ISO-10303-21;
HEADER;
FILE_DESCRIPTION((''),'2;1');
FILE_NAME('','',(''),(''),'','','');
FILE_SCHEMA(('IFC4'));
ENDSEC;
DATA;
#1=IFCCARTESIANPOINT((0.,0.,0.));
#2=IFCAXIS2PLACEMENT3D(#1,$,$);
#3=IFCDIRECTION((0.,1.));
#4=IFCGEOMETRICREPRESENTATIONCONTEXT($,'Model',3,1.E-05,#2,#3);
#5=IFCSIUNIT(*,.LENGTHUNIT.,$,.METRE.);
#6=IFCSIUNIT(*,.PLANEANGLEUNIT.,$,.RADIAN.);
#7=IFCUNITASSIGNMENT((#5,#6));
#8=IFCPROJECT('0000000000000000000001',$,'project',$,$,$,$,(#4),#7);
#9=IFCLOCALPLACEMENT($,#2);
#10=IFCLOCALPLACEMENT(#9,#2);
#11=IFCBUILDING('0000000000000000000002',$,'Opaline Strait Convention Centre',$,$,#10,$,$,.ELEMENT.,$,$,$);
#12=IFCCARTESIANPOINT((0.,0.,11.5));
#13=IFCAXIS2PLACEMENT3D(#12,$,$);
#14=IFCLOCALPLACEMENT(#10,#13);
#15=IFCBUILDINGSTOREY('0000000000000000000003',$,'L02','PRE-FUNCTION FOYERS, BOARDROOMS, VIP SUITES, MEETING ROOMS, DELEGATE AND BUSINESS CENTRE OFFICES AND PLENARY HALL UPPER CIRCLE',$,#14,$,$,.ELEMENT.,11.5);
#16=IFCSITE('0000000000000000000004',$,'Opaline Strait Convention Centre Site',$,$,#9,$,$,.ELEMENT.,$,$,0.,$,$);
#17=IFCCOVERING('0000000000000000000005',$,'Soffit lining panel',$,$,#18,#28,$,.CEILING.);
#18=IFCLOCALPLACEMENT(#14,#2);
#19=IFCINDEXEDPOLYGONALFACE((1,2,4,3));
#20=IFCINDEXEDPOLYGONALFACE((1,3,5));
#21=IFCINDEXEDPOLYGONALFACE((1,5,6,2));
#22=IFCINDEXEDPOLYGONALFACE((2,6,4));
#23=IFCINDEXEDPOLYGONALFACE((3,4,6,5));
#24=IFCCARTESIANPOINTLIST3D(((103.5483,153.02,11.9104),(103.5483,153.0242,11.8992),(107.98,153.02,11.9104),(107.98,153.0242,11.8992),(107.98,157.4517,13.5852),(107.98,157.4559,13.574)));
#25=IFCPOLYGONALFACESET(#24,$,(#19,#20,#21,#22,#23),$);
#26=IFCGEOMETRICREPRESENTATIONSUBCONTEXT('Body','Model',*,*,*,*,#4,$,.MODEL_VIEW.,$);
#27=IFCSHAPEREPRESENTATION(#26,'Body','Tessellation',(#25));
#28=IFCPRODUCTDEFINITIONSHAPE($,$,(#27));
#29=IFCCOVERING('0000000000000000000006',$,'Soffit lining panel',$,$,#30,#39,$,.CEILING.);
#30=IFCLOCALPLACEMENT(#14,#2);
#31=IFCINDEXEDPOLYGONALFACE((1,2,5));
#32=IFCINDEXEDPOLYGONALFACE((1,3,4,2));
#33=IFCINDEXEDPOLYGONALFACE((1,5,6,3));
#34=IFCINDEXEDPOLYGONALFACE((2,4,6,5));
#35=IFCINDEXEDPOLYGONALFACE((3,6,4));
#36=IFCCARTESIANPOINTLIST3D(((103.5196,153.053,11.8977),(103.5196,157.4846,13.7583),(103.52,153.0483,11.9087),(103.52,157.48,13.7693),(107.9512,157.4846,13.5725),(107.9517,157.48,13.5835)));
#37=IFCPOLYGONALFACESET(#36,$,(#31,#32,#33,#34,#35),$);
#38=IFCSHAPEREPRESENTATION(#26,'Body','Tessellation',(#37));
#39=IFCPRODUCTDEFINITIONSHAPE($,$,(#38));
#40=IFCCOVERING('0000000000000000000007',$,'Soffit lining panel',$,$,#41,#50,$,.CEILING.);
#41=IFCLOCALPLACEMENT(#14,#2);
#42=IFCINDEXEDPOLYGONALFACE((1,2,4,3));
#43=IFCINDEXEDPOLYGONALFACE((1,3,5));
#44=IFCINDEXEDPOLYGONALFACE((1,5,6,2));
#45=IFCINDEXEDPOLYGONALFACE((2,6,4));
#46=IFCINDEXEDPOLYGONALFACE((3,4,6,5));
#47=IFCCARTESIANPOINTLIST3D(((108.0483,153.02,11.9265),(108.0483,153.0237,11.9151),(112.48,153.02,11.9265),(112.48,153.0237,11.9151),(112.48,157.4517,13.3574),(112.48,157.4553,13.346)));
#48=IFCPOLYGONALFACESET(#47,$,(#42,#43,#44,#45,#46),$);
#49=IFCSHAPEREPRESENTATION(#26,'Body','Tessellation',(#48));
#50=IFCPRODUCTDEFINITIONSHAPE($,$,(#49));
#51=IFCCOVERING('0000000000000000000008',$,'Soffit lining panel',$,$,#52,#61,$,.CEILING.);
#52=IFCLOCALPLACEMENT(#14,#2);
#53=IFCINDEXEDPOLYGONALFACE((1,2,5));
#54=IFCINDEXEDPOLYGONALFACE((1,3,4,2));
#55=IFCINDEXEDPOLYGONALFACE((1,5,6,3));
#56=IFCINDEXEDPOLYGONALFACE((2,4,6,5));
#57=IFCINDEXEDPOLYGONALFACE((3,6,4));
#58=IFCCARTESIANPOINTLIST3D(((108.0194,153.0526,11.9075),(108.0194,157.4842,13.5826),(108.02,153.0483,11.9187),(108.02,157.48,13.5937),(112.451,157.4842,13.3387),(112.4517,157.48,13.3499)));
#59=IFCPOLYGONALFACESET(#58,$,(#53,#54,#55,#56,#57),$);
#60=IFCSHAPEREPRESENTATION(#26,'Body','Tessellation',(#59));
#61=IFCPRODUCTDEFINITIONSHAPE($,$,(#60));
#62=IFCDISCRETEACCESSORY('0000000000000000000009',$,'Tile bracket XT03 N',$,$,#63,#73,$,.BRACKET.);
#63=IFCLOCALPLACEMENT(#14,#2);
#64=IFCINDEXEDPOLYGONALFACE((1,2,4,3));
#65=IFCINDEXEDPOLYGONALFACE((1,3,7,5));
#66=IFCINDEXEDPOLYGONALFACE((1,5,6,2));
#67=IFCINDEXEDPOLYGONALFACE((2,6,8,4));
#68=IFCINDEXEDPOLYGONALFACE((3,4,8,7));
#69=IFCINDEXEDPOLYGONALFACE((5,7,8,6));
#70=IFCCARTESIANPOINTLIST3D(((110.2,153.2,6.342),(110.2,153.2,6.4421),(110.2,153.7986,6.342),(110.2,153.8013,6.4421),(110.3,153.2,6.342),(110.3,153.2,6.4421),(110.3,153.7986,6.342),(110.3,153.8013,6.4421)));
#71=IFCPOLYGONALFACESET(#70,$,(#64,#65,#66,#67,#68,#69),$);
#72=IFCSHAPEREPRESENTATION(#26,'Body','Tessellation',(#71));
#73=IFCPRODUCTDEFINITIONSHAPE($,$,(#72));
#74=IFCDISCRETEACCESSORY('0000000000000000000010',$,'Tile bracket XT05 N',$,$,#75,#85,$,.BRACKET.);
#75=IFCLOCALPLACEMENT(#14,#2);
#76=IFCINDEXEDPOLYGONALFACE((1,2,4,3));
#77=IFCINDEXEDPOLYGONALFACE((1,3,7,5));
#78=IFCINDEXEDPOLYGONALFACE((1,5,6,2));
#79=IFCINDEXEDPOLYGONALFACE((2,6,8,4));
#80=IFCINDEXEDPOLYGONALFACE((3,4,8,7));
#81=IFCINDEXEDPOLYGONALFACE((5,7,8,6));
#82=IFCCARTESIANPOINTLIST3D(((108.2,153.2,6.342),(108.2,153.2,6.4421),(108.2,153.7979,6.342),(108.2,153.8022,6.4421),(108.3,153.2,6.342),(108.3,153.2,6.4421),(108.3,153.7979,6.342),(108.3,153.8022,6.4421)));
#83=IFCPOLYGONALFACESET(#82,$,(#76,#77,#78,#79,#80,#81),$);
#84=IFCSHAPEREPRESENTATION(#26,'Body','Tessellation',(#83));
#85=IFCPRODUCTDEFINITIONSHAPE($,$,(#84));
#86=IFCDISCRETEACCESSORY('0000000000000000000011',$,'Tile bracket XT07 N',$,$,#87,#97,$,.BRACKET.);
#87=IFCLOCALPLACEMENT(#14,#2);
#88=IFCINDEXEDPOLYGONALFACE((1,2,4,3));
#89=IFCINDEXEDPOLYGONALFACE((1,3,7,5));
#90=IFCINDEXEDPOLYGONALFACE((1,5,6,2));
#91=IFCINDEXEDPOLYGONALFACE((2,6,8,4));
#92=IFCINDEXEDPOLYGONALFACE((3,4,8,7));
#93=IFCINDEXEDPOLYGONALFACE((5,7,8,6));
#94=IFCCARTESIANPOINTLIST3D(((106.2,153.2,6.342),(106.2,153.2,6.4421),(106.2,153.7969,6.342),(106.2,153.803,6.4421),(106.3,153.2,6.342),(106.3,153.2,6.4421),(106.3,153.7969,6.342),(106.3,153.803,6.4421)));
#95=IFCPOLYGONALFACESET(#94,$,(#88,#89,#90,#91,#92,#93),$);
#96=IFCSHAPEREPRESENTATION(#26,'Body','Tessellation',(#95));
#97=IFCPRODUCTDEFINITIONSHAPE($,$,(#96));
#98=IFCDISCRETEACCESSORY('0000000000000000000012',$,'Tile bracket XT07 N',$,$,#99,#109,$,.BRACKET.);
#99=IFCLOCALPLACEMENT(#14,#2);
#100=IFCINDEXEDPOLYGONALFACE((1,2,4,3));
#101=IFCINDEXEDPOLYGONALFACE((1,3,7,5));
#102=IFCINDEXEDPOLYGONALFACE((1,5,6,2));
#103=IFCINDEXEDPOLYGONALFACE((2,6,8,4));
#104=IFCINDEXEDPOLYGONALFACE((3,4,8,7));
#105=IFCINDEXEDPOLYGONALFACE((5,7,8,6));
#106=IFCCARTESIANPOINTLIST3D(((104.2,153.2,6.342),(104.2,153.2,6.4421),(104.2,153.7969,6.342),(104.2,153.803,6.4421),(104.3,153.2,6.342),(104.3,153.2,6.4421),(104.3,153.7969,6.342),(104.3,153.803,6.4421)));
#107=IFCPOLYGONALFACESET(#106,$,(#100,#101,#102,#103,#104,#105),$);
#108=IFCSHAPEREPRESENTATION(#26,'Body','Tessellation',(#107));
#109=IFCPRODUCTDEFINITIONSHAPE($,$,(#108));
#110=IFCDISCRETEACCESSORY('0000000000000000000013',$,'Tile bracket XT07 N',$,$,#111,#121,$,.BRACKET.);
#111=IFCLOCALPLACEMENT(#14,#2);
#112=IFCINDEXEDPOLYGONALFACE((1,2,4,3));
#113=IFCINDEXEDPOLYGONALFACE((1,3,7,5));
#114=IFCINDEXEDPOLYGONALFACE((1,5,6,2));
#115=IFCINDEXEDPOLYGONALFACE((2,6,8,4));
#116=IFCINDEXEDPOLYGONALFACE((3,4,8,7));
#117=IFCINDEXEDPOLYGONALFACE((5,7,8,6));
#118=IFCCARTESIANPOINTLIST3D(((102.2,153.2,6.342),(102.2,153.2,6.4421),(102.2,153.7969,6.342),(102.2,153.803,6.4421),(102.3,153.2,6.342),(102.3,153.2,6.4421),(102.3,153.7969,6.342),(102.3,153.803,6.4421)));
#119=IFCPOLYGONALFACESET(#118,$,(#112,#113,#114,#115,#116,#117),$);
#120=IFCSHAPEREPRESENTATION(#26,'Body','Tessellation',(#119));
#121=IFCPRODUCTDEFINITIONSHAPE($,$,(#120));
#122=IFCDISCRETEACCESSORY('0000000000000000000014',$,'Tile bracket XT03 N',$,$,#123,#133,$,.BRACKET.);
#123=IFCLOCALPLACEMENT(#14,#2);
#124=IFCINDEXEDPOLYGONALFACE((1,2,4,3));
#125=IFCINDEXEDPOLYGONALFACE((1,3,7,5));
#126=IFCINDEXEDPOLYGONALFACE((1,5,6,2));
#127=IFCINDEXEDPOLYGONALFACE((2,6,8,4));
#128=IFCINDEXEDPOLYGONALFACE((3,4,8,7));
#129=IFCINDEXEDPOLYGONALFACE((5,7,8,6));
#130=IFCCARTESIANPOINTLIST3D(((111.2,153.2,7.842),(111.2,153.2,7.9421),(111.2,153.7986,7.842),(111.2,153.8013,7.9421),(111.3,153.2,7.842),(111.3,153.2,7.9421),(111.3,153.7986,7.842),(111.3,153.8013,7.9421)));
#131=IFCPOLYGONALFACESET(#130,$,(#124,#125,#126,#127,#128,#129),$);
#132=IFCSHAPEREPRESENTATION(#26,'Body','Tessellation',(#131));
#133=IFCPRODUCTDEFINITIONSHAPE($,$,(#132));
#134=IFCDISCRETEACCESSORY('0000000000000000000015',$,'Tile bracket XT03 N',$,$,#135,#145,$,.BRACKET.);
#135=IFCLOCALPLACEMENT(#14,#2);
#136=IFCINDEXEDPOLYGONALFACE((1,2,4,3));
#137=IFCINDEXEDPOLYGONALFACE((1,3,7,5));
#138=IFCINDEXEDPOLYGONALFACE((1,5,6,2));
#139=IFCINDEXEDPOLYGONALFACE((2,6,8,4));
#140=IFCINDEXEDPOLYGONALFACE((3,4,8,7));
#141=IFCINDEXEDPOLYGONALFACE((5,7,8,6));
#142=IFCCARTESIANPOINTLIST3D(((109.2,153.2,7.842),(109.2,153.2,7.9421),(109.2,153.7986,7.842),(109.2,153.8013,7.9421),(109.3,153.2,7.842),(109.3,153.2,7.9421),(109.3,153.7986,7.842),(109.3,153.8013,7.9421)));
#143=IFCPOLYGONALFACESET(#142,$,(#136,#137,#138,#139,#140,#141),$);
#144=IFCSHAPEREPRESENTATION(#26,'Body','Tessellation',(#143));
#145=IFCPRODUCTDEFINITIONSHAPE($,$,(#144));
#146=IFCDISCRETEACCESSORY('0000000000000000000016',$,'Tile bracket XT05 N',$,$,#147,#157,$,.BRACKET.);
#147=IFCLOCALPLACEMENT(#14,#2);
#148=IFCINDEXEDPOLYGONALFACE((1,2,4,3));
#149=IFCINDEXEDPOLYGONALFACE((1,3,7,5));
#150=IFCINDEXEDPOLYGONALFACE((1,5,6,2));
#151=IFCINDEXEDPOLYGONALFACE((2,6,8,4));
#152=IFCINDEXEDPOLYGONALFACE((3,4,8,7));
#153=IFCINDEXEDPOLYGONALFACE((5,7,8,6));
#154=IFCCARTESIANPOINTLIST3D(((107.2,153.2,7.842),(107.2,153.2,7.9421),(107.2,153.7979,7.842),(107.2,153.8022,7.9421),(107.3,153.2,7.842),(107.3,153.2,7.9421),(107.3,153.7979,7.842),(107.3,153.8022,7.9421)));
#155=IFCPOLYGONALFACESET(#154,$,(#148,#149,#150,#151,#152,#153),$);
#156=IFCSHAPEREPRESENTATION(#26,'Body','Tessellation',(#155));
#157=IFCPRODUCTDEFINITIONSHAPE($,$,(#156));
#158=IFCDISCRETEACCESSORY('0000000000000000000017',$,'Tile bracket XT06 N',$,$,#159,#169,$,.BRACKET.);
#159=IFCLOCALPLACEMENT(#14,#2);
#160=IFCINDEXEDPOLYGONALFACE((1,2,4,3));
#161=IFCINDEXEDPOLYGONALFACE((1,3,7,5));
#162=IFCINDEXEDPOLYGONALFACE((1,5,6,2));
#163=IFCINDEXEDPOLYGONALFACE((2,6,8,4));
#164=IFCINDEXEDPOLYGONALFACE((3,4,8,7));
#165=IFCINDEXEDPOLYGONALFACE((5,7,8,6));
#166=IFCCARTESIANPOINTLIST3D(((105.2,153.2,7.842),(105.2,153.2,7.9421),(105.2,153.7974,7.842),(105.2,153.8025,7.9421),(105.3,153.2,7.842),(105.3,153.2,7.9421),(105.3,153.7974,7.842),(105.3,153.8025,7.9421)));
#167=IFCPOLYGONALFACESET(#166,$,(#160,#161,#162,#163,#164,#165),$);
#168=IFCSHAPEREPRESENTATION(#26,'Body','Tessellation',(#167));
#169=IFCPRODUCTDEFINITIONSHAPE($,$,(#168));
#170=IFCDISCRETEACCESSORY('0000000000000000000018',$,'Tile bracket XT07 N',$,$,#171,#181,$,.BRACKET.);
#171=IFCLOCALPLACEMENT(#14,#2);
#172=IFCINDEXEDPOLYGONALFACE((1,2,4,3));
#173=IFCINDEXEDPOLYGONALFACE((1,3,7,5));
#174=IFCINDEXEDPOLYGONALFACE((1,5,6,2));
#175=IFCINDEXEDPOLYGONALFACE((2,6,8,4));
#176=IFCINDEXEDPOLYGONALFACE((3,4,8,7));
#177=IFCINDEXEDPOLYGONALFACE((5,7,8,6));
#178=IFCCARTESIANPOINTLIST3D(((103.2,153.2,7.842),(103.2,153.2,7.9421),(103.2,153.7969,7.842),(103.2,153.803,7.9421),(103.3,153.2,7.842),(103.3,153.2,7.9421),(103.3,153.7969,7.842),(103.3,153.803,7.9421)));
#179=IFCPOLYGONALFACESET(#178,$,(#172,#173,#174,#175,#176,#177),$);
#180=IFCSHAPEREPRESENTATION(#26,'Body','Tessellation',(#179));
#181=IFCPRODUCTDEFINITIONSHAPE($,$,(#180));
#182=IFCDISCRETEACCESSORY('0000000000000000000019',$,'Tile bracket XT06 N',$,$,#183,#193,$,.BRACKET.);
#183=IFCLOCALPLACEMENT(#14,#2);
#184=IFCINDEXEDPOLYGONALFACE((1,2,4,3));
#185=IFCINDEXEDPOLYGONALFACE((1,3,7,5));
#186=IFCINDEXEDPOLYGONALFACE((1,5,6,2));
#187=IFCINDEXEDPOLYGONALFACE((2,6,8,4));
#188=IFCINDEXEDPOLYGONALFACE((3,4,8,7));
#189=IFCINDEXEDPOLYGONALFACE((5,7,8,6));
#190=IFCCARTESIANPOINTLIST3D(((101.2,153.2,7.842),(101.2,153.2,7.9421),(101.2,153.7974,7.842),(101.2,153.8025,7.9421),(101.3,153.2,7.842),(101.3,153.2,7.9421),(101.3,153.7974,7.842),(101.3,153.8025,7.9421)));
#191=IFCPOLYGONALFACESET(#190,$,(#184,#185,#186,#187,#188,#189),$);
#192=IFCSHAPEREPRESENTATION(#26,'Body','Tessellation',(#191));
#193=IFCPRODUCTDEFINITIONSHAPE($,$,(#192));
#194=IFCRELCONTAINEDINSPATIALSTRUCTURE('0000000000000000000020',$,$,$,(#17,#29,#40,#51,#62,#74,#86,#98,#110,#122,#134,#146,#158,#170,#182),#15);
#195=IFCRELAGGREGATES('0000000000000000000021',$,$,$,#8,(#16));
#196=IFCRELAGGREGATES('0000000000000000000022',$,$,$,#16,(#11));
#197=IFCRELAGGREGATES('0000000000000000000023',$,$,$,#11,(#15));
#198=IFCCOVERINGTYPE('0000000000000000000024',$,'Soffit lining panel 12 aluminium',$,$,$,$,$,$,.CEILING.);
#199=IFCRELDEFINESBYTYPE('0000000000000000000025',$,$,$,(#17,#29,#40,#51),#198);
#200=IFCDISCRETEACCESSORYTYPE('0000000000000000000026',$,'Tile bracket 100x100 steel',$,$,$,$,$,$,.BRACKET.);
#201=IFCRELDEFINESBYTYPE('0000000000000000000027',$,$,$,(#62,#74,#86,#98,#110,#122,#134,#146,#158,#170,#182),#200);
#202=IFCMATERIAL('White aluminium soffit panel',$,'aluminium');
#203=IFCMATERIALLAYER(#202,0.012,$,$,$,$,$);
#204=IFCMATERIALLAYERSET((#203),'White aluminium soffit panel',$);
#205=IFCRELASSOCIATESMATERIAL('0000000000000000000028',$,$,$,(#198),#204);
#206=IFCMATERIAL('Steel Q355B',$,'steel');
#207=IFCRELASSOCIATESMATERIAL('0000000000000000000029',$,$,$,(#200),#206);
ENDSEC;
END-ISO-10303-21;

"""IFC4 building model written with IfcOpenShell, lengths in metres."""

from ifc_helpers import new_model, si_unit, direction, frame, origin, place, context, subcontext, project, spatial, polyline, outline, extrude, material, layer, layer_set, type_object, element, save


model = new_model("IFC4")

# Units and contexts
model_context = context("Model", 3, precision=1e-05, world=origin(), true_north=direction((0.0, 1.0)))
body_context = subcontext(model_context, "Body", "Model", "MODEL_VIEW")
ifc_project = project(units=[si_unit("LENGTHUNIT", "METRE"), si_unit("PLANEANGLEUNIT", "RADIAN")], contexts=[model_context])

# Site, building, storey
site_placement = place(None, origin())
site = spatial("IfcSite", under=ifc_project, at=site_placement, Name="Opaline Strait Convention Centre Site", CompositionType="ELEMENT", RefElevation=0.0)
building_placement = place(site_placement, origin())
building = spatial("IfcBuilding", under=site, at=building_placement, Name="Opaline Strait Convention Centre", CompositionType="ELEMENT")
storey_placement = place(building_placement, frame((0.0, 0.0, 11.5)))
storey = spatial("IfcBuildingStorey", under=building, at=storey_placement, Name="L02", Description="PRE-FUNCTION FOYERS, BOARDROOMS, VIP SUITES, MEETING ROOMS, DELEGATE AND BUSINESS CENTRE OFFICES AND PLENARY HALL UPPER CIRCLE", CompositionType="ELEMENT", Elevation=11.5)

# Shared definitions
ifc_material_1 = material(Name="Steel Q355B", Category="steel")

# Coverings
ifc_material_2 = material(Name="White aluminium soffit panel", Category="aluminium")
ifc_layer = layer(ifc_material_2, 0.012)
ifc_layer_set = layer_set([ifc_layer], Name="White aluminium soffit panel")
covering_type = type_object("IfcCoveringType", Name="Soffit lining panel 12 aluminium", PredefinedType="CEILING", material=ifc_layer_set)
covering_1_placement = place(storey_placement, frame((103.5483, 153.02, 11.9104), z_axis=(0.0, -0.353517, 0.935428), x_axis=(0.683135, 0.683135, 0.25817)))
element("IfcCovering", 1, at=covering_1_placement, inside=storey, type_object=covering_type, Name="Soffit lining panel", PredefinedType="CEILING", context=body_context, shape_type="SweptSolid", body=[
    extrude(outline(polyline([(0.0, 0.0), (6.4872, 0.0), (3.0274, -3.2364), (0.0, 0.0)])), origin(), (0.0, 0.0, -1.0), 0.012),
])
covering_2_placement = place(storey_placement, frame((103.52, 153.0483, 11.9087), z_axis=(0.038626, -0.386821, 0.921346), x_axis=(0.0, 0.922034, 0.38711)))
element("IfcCovering", 2, at=covering_2_placement, inside=storey, type_object=covering_type, Name="Soffit lining panel", PredefinedType="CEILING", context=body_context, shape_type="SweptSolid", body=[
    extrude(outline(polyline([(0.0, 0.0), (4.8064, 0.0), (4.7345, -4.435), (0.0, 0.0)])), origin(), (0.0, 0.0, -1.0), 0.012),
])
covering_3_placement = place(storey_placement, frame((108.0483, 153.02, 11.9265), z_axis=(0.0, -0.307265, 0.951624), x_axis=(0.689368, 0.689368, 0.222586)))
element("IfcCovering", 3, at=covering_3_placement, inside=storey, type_object=covering_type, Name="Soffit lining panel", PredefinedType="CEILING", context=body_context, shape_type="SweptSolid", body=[
    extrude(outline(polyline([(0.0, 0.0), (6.4286, 0.0), (3.055, -3.2103), (0.0, 0.0)])), origin(), (0.0, 0.0, -1.0), 0.012),
])
covering_4_placement = place(storey_placement, frame((108.02, 153.0483, 11.9187), z_axis=(0.051413, -0.353094, 0.934174), x_axis=(0.0, 0.935411, 0.353562)))
element("IfcCovering", 4, at=covering_4_placement, inside=storey, type_object=covering_type, Name="Soffit lining panel", PredefinedType="CEILING", context=body_context, shape_type="SweptSolid", body=[
    extrude(outline(polyline([(0.0, 0.0), (4.7376, 0.0), (4.6514, -4.4375), (0.0, 0.0)])), origin(), (0.0, 0.0, -1.0), 0.012),
])

# Discrete accessories
discrete_accessory_type = type_object("IfcDiscreteAccessoryType", Name="Tile bracket 100x100 steel", PredefinedType="BRACKET", material=ifc_material_1)
discrete_accessory_1_placement = place(storey_placement, frame((110.3, 153.2, 6.3921), z_axis=(-1.0, 0.0, 0.0), x_axis=(0.0, -1.0, 0.0)))
element("IfcDiscreteAccessory", 5, at=discrete_accessory_1_placement, inside=storey, type_object=discrete_accessory_type, Name="Tile bracket XT03 N", PredefinedType="BRACKET", context=body_context, shape_type="SweptSolid", body=[
    extrude(outline(polyline([(0.0, -0.05), (0.0, 0.05), (-0.6013, 0.05), (-0.5986, -0.05), (0.0, -0.05)])), origin(), (0.0, 0.0, 1.0), 0.1001),
])
discrete_accessory_2_placement = place(storey_placement, frame((108.3, 153.2, 6.3921), z_axis=(-1.0, 0.0, 0.0), x_axis=(0.0, -1.0, 0.0)))
element("IfcDiscreteAccessory", 6, at=discrete_accessory_2_placement, inside=storey, type_object=discrete_accessory_type, Name="Tile bracket XT05 N", PredefinedType="BRACKET", context=body_context, shape_type="SweptSolid", body=[
    extrude(outline(polyline([(0.0, -0.05), (0.0, 0.05), (-0.6023, 0.05), (-0.5979, -0.05), (0.0, -0.05)])), origin(), (0.0, 0.0, 1.0), 0.1001),
])
for number, where, z_axis, x_axis, name in (
    (7, (106.3, 153.2, 6.3921), (-1.0, 0.0, 0.0), (0.0, -1.0, 0.0), "Tile bracket XT07 N"),
    (8, (104.3, 153.2, 6.3921), (-1.0, 0.0, 0.0), (0.0, -1.0, 0.0), "Tile bracket XT07 N"),
    (9, (102.3, 153.2, 6.3921), (-1.0, 0.0, 0.0), (0.0, -1.0, 0.0), "Tile bracket XT07 N"),
):
    element("IfcDiscreteAccessory", number, at=place(storey_placement, frame(where, z_axis=z_axis, x_axis=x_axis)), inside=storey, type_object=discrete_accessory_type, Name=name, PredefinedType="BRACKET", context=body_context, shape_type="SweptSolid", body=[
        extrude(outline(polyline([(0.0, -0.05), (0.0, 0.05), (-0.603, 0.05), (-0.5969, -0.05), (0.0, -0.05)])), origin(), (0.0, 0.0, 1.0), 0.1001),
    ])
for number, where, z_axis, x_axis, name in (
    (10, (111.3, 153.2, 7.8921), (-1.0, 0.0, 0.0), (0.0, -1.0, 0.0), "Tile bracket XT03 N"),
    (11, (109.3, 153.2, 7.8921), (-1.0, 0.0, 0.0), (0.0, -1.0, 0.0), "Tile bracket XT03 N"),
):
    element("IfcDiscreteAccessory", number, at=place(storey_placement, frame(where, z_axis=z_axis, x_axis=x_axis)), inside=storey, type_object=discrete_accessory_type, Name=name, PredefinedType="BRACKET", context=body_context, shape_type="SweptSolid", body=[
        extrude(outline(polyline([(0.0, -0.05), (0.0, 0.05), (-0.6013, 0.05), (-0.5986, -0.05), (0.0, -0.05)])), origin(), (0.0, 0.0, 1.0), 0.1001),
    ])
discrete_accessory_3_placement = place(storey_placement, frame((107.3, 153.2, 7.8921), z_axis=(-1.0, 0.0, 0.0), x_axis=(0.0, -1.0, 0.0)))
element("IfcDiscreteAccessory", 12, at=discrete_accessory_3_placement, inside=storey, type_object=discrete_accessory_type, Name="Tile bracket XT05 N", PredefinedType="BRACKET", context=body_context, shape_type="SweptSolid", body=[
    extrude(outline(polyline([(0.0, -0.05), (0.0, 0.05), (-0.6023, 0.05), (-0.5979, -0.05), (0.0, -0.05)])), origin(), (0.0, 0.0, 1.0), 0.1001),
])
discrete_accessory_4_placement = place(storey_placement, frame((105.3, 153.2, 7.8921), z_axis=(-1.0, 0.0, 0.0), x_axis=(0.0, -1.0, 0.0)))
element("IfcDiscreteAccessory", 13, at=discrete_accessory_4_placement, inside=storey, type_object=discrete_accessory_type, Name="Tile bracket XT06 N", PredefinedType="BRACKET", context=body_context, shape_type="SweptSolid", body=[
    extrude(outline(polyline([(0.0, -0.05), (0.0, 0.05), (-0.6025, 0.05), (-0.5974, -0.05), (0.0, -0.05)])), origin(), (0.0, 0.0, 1.0), 0.1001),
])
discrete_accessory_5_placement = place(storey_placement, frame((103.3, 153.2, 7.8921), z_axis=(-1.0, 0.0, 0.0), x_axis=(0.0, -1.0, 0.0)))
element("IfcDiscreteAccessory", 14, at=discrete_accessory_5_placement, inside=storey, type_object=discrete_accessory_type, Name="Tile bracket XT07 N", PredefinedType="BRACKET", context=body_context, shape_type="SweptSolid", body=[
    extrude(outline(polyline([(0.0, -0.05), (0.0, 0.05), (-0.603, 0.05), (-0.5969, -0.05), (0.0, -0.05)])), origin(), (0.0, 0.0, 1.0), 0.1001),
])
discrete_accessory_6_placement = place(storey_placement, frame((101.3, 153.2, 7.8921), z_axis=(-1.0, 0.0, 0.0), x_axis=(0.0, -1.0, 0.0)))
element("IfcDiscreteAccessory", 15, at=discrete_accessory_6_placement, inside=storey, type_object=discrete_accessory_type, Name="Tile bracket XT06 N", PredefinedType="BRACKET", context=body_context, shape_type="SweptSolid", body=[
    extrude(outline(polyline([(0.0, -0.05), (0.0, 0.05), (-0.6025, 0.05), (-0.5974, -0.05), (0.0, -0.05)])), origin(), (0.0, 0.0, 1.0), 0.1001),
])

save(model, "model.ifc")
